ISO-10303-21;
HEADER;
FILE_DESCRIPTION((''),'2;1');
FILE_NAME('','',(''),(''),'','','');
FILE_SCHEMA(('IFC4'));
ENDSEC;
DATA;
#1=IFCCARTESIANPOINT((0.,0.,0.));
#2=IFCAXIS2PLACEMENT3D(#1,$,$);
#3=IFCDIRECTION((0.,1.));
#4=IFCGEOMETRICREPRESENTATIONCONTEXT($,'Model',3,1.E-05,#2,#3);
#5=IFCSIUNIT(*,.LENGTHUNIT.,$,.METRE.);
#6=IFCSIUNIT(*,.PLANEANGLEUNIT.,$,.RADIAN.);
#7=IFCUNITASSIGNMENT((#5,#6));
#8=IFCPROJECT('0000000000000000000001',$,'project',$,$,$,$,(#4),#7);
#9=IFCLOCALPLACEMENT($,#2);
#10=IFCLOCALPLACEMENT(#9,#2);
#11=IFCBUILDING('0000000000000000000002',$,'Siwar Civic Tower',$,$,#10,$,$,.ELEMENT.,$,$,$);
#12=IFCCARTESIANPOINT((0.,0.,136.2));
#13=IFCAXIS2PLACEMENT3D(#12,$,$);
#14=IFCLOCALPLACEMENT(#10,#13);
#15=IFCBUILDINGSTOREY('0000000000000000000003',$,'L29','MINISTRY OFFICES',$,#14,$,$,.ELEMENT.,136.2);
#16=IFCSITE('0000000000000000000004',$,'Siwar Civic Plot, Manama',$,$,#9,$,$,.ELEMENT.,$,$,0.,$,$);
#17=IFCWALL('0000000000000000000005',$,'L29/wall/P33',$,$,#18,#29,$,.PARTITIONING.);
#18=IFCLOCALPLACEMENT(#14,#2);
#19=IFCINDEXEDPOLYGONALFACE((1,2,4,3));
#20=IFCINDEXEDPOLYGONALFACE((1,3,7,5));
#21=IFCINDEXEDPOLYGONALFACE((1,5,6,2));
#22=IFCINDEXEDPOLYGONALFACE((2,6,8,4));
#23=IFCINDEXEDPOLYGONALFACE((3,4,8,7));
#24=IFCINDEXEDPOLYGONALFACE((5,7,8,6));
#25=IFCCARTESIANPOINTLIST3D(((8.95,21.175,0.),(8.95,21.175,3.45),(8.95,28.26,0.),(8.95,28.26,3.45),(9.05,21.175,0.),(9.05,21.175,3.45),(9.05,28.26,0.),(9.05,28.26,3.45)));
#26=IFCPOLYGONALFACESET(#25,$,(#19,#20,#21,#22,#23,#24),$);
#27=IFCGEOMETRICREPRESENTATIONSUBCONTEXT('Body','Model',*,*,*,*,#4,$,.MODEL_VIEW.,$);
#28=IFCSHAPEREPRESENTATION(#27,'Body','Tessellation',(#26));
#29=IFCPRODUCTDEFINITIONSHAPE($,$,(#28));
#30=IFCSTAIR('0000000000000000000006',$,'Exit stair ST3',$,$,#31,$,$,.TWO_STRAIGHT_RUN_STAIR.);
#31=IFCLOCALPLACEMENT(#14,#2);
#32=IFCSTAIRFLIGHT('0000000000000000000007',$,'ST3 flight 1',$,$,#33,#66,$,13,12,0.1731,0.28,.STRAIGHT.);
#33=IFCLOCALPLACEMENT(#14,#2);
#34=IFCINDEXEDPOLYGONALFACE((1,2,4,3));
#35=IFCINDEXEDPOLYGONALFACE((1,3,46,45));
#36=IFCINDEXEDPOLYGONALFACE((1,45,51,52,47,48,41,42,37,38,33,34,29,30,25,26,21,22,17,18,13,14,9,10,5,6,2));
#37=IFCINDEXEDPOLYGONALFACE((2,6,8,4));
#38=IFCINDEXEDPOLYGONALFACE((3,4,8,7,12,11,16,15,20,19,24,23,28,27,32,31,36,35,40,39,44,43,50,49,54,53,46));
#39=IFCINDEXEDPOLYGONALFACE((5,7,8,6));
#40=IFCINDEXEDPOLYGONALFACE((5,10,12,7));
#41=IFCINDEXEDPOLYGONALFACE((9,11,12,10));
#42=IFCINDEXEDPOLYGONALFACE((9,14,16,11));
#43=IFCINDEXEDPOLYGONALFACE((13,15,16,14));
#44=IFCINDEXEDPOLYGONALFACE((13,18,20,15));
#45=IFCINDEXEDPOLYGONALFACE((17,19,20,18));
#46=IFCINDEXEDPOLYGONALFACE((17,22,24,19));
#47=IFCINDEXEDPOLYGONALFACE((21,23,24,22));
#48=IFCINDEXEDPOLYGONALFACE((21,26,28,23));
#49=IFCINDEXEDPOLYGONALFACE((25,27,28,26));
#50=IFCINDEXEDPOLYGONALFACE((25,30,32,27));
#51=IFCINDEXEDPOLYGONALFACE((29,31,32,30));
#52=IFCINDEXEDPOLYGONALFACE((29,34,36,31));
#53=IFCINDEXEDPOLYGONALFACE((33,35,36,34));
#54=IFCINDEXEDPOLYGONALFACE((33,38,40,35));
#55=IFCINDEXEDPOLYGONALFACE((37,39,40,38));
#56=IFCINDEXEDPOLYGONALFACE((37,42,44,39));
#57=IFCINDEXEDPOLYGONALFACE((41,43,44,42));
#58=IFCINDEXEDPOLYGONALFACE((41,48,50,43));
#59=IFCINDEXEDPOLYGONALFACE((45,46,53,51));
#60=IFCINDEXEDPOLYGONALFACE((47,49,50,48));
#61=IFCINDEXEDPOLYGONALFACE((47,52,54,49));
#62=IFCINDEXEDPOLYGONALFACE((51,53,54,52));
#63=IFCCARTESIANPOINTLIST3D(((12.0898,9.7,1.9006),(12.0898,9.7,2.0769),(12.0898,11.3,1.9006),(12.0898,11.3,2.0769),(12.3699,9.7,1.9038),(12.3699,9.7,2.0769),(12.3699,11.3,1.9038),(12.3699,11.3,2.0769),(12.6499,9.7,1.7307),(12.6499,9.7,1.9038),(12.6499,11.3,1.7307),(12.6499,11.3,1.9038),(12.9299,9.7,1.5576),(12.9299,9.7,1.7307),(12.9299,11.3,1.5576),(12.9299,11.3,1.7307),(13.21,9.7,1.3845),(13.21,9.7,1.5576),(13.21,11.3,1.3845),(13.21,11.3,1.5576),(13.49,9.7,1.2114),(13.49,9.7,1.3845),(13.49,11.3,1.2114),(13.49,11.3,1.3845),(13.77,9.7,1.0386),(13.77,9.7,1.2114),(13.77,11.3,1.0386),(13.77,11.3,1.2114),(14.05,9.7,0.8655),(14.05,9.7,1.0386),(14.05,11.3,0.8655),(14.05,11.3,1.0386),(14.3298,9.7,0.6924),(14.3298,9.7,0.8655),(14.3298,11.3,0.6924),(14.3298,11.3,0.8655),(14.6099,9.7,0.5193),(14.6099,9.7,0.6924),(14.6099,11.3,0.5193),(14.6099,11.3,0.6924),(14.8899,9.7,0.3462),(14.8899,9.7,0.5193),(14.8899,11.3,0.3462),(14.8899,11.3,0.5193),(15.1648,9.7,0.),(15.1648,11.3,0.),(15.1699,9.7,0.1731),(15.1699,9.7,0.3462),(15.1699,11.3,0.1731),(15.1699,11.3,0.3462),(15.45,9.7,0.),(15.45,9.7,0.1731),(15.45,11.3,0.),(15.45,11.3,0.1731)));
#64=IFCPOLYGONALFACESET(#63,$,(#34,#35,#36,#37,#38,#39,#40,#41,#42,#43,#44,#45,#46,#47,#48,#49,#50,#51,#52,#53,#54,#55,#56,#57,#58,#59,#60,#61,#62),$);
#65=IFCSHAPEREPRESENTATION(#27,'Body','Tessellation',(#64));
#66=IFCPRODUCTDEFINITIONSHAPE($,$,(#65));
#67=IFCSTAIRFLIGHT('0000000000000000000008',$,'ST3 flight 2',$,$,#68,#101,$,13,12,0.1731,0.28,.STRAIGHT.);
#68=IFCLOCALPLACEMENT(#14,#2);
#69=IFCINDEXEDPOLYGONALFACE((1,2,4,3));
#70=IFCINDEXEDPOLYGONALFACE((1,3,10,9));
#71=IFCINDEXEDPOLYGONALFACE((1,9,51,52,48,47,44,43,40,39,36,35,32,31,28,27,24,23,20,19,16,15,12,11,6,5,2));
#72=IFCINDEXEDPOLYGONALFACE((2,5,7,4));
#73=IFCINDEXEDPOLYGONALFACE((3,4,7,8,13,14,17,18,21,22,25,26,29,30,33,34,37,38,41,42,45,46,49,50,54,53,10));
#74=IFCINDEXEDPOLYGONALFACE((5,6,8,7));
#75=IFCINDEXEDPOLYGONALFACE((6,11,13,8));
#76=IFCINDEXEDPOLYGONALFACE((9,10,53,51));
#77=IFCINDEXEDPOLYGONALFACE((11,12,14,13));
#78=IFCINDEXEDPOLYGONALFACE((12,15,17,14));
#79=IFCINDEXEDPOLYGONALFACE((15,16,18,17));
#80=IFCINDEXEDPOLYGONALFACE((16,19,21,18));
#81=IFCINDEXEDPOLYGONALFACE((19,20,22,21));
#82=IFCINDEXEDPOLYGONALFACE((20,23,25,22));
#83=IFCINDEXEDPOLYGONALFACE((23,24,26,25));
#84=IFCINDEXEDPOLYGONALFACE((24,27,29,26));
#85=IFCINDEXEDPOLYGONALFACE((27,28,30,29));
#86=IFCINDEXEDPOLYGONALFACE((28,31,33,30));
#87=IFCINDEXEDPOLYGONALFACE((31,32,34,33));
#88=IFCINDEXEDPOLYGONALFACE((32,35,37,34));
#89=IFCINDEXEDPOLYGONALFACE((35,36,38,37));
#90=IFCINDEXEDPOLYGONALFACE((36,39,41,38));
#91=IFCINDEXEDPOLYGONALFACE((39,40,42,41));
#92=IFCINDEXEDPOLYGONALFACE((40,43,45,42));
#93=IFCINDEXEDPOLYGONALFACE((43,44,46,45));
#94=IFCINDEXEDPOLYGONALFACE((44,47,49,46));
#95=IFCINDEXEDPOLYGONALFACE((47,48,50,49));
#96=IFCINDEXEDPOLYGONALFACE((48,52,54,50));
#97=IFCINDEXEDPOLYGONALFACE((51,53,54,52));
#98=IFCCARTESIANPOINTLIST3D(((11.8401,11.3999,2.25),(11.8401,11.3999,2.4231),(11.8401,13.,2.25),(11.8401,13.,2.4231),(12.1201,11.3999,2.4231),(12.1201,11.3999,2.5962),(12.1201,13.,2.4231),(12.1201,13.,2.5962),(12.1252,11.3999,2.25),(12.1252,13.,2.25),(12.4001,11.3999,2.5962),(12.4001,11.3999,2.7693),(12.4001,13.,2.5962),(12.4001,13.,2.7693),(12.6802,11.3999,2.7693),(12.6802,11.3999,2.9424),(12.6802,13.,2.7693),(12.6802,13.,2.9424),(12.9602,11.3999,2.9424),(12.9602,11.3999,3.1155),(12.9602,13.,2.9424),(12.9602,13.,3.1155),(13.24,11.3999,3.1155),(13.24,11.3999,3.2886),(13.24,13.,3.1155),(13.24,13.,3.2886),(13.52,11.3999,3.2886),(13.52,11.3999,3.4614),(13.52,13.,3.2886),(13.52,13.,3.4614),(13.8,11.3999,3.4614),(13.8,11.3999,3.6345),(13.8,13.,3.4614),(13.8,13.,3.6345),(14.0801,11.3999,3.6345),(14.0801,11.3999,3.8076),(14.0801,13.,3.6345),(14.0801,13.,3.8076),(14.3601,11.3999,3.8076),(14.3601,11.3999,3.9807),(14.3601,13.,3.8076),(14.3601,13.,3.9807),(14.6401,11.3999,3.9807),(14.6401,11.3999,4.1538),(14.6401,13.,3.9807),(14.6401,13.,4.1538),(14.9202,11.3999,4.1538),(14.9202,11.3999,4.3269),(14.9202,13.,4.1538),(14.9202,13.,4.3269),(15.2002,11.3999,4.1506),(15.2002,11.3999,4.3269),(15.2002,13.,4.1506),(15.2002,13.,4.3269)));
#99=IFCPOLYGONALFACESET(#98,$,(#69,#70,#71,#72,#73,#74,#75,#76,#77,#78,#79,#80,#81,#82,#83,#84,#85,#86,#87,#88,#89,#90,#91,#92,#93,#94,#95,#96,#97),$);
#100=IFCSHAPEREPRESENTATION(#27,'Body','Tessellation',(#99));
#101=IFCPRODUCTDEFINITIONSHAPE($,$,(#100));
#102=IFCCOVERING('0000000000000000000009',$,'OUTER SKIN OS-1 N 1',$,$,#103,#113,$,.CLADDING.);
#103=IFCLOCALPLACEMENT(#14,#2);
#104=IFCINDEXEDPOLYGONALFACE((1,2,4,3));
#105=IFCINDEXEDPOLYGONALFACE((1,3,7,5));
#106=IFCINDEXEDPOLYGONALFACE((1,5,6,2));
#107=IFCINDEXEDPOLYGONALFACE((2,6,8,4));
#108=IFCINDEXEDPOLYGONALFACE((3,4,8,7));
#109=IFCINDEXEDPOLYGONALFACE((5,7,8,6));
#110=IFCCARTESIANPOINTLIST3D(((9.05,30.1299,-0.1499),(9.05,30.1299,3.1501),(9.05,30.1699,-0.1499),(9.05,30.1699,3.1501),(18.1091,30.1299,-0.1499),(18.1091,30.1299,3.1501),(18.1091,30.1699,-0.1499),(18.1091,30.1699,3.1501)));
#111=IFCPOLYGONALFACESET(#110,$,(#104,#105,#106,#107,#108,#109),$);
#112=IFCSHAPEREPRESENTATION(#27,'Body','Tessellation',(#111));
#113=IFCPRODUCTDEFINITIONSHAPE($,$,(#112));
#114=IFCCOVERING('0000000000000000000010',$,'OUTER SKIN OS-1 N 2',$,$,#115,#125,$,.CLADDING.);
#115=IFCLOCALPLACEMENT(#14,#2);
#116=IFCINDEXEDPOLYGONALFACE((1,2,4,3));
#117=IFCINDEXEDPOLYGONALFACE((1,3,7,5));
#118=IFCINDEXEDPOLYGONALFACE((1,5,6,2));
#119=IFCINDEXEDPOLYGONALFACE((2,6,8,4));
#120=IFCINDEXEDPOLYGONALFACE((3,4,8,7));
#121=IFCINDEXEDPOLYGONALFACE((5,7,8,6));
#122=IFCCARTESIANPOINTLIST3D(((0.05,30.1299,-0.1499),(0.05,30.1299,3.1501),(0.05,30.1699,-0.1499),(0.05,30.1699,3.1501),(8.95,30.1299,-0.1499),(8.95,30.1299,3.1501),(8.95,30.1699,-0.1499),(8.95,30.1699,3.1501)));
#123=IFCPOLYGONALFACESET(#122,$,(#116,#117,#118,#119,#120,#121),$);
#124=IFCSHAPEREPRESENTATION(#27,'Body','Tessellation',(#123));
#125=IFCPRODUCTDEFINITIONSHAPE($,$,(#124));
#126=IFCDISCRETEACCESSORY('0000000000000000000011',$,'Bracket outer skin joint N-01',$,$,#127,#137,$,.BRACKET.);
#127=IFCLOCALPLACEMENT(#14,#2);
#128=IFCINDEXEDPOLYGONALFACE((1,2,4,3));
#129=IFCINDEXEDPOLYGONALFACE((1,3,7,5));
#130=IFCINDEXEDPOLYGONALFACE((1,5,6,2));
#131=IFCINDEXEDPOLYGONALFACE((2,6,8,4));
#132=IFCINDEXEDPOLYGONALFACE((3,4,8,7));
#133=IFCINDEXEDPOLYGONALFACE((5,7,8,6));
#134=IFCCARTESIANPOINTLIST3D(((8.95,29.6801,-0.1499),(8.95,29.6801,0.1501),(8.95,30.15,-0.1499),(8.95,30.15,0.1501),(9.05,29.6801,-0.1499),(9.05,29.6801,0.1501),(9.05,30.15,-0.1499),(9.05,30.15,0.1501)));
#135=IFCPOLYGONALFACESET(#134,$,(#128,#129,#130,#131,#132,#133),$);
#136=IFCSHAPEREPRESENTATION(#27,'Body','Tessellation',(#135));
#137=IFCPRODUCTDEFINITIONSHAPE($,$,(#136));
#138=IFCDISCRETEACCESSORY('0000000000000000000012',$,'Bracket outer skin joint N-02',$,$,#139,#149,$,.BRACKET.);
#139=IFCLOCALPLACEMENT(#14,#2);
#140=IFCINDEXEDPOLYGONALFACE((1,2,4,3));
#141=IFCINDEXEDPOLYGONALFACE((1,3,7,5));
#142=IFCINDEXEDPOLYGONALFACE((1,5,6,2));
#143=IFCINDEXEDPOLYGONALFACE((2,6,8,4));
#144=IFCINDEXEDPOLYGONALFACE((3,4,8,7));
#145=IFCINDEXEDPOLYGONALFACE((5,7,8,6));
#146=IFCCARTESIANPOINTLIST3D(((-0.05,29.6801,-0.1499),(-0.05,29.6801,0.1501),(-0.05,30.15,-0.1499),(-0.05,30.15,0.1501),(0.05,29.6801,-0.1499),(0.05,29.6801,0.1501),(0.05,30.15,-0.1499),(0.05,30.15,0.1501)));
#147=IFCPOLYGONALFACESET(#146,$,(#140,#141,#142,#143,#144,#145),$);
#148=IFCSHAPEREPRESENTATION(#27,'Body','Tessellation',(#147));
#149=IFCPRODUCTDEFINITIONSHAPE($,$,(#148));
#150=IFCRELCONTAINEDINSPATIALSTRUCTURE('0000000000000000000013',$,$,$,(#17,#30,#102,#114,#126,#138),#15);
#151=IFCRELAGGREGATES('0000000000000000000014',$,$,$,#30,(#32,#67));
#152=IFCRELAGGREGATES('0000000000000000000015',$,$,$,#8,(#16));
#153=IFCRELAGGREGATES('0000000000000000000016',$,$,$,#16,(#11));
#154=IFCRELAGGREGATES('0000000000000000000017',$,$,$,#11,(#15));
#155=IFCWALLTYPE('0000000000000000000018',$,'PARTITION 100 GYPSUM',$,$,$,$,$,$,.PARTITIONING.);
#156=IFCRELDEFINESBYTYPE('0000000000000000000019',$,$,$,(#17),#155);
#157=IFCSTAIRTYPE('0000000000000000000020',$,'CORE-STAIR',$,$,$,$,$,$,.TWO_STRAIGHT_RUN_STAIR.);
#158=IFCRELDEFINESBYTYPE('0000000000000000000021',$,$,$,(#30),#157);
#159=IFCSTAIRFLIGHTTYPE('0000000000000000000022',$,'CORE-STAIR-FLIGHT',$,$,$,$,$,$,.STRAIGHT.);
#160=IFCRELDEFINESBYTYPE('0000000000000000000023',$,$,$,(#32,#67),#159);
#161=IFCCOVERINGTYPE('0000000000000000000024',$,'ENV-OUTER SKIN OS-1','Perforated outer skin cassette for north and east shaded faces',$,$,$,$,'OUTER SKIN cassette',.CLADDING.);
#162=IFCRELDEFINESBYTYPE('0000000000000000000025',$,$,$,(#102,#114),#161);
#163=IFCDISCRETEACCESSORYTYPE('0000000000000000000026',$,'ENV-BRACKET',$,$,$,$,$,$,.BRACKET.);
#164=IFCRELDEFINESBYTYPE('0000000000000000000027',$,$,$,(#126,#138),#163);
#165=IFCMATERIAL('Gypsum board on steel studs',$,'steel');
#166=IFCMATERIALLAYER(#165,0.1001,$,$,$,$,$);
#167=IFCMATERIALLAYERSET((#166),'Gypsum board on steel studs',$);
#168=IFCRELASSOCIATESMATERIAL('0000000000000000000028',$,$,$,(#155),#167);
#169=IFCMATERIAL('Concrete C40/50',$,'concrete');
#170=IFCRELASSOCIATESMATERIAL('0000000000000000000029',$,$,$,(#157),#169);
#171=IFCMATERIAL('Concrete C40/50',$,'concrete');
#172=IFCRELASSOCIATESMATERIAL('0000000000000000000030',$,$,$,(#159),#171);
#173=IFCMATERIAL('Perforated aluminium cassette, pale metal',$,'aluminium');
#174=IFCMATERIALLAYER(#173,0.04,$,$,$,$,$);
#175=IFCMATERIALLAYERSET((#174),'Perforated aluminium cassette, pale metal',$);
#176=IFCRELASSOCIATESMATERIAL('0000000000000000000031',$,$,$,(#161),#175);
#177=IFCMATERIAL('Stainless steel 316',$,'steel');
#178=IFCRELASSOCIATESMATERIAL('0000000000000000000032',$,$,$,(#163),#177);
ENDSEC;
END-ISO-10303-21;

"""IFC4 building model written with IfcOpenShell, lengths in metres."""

from ifc_helpers import new_model, si_unit, direction, frame, frame_2d, origin, origin_2d, place, context, subcontext, project, spatial, polyline, rectangle, outline, extrude, material, layer, layer_set, type_object, element, aggregate, save


model = new_model("IFC4")

# Units and contexts
model_context = context("Model", 3, precision=1e-05, world=origin(), true_north=direction((0.0, 1.0)))
body_context = subcontext(model_context, "Body", "Model", "MODEL_VIEW")
ifc_project = project(units=[si_unit("LENGTHUNIT", "METRE"), si_unit("PLANEANGLEUNIT", "RADIAN")], contexts=[model_context])

# Site, building, storey
site_placement = place(None, origin())
site = spatial("IfcSite", under=ifc_project, at=site_placement, Name="Siwar Civic Plot, Manama", CompositionType="ELEMENT", RefElevation=0.0)
building_placement = place(site_placement, origin())
building = spatial("IfcBuilding", under=site, at=building_placement, Name="Siwar Civic Tower", CompositionType="ELEMENT")
storey_placement = place(building_placement, frame((0.0, 0.0, 136.2)))
storey = spatial("IfcBuildingStorey", under=building, at=storey_placement, Name="L29", Description="MINISTRY OFFICES", CompositionType="ELEMENT", Elevation=136.2)

# Wall
ifc_material_1 = material(Name="Gypsum board on steel studs", Category="steel")
ifc_layer_1 = layer(ifc_material_1, 0.1001)
ifc_layer_set_1 = layer_set([ifc_layer_1], Name="Gypsum board on steel studs")
wall_type_1 = type_object("IfcWallType", Name="PARTITION 100 GYPSUM", PredefinedType="PARTITIONING", material=ifc_layer_set_1)
wall_1_placement = place(storey_placement, frame((9.0, 21.175, 0.0), z_axis=(0.0, 0.0, 1.0), x_axis=(0.0, 1.0, 0.0)))
element("IfcWall", 1, at=wall_1_placement, inside=storey, type_object=wall_type_1, Name="L29/wall/P33", PredefinedType="PARTITIONING", context=body_context, shape_type="SweptSolid", body=[
    extrude(rectangle(XDim=7.085, YDim=0.1001, at=frame_2d((3.5425, 0.0))), origin(), (0.0, 0.0, 1.0), 3.45),
])

# Stair, stair flights
ifc_material_2 = material(Name="Concrete C40/50", Category="concrete")
stair_type = type_object("IfcStairType", Name="CORE-STAIR", PredefinedType="TWO_STRAIGHT_RUN_STAIR", material=ifc_material_2)
stair_placement = place(storey_placement, origin())
stair = element("IfcStair", 2, at=stair_placement, inside=storey, type_object=stair_type, Name="Exit stair ST3", PredefinedType="TWO_STRAIGHT_RUN_STAIR")
ifc_material_3 = material(Name="Concrete C40/50", Category="concrete")
stair_flight_type = type_object("IfcStairFlightType", Name="CORE-STAIR-FLIGHT", PredefinedType="STRAIGHT", material=ifc_material_3)
stair_flight_1_placement = place(storey_placement, frame((15.45, 10.5, 0.0), z_axis=(0.0, 0.0, 1.0), x_axis=(-1.0, 0.0, 0.0)))
stair_flight_1 = element("IfcStairFlight", 3, at=stair_flight_1_placement, type_object=stair_flight_type, Name="ST3 flight 1", NumberOfRisers=13, NumberOfTreads=12, PredefinedType="STRAIGHT", RiserHeight=0.1731, TreadLength=0.28, context=body_context, shape_type="SweptSolid", body=[
    extrude(outline(polyline([(0.0, 0.0), (0.0, 0.1731), (0.28, 0.1731), (0.28, 0.3462), (0.5601, 0.3462), (0.5601, 0.5193), (0.8401, 0.5193), (0.8401, 0.6924), (1.1201, 0.6924), (1.1201, 0.8655), (1.3999, 0.8655), (1.3999, 1.0386), (1.6799, 1.0386), (1.6799, 1.2114), (1.96, 1.2114), (1.96, 1.3845), (2.24, 1.3845), (2.24, 1.5576), (2.52, 1.5576), (2.52, 1.7307), (2.8, 1.7307), (2.8, 1.9038), (3.0801, 1.9038), (3.0801, 2.0769), (3.3601, 2.0769), (3.3601, 2.25), (3.3601, 1.9006), (0.2852, 0.0), (0.0, 0.0)])), frame((0.0, 0.8, 0.0), z_axis=(0.0, -1.0, 0.0), x_axis=(1.0, 0.0, 0.0)), (0.0, 0.0, 1.0), 1.6001),
])
stair_flight_2_placement = place(storey_placement, frame((11.8401, 12.2, 2.25), z_axis=(0.0, 0.0, 1.0), x_axis=(1.0, 0.0, 0.0)))
stair_flight_2 = element("IfcStairFlight", 4, at=stair_flight_2_placement, type_object=stair_flight_type, Name="ST3 flight 2", NumberOfRisers=13, NumberOfTreads=12, PredefinedType="STRAIGHT", RiserHeight=0.1731, TreadLength=0.28, context=body_context, shape_type="SweptSolid", body=[
    extrude(outline(polyline([(0.0, 0.0), (0.0, 0.1731), (0.28, 0.1731), (0.28, 0.3462), (0.5601, 0.3462), (0.5601, 0.5193), (0.8401, 0.5193), (0.8401, 0.6924), (1.1201, 0.6924), (1.1201, 0.8655), (1.3999, 0.8655), (1.3999, 1.0386), (1.6799, 1.0386), (1.6799, 1.2114), (1.96, 1.2114), (1.96, 1.3845), (2.24, 1.3845), (2.24, 1.5576), (2.52, 1.5576), (2.52, 1.7307), (2.8, 1.7307), (2.8, 1.9038), (3.0801, 1.9038), (3.0801, 2.0769), (3.3601, 2.0769), (3.3601, 2.25), (3.3601, 1.9006), (0.2852, 0.0), (0.0, 0.0)])), frame((0.0, 0.8, 0.0), z_axis=(0.0, -1.0, 0.0), x_axis=(1.0, 0.0, 0.0)), (0.0, 0.0, 1.0), 1.6001),
])
aggregate(stair, [stair_flight_1, stair_flight_2])

# Coverings
ifc_material_4 = material(Name="Perforated aluminium cassette, pale metal", Category="aluminium")
ifc_layer_2 = layer(ifc_material_4, 0.04)
ifc_layer_set_2 = layer_set([ifc_layer_2], Name="Perforated aluminium cassette, pale metal")
covering_type = type_object("IfcCoveringType", Name="ENV-OUTER SKIN OS-1", Description="Perforated outer skin cassette for north and east shaded faces", ElementType="OUTER SKIN cassette", PredefinedType="CLADDING", material=ifc_layer_set_2)
covering_1_placement = place(storey_placement, frame((13.5796, 30.1499, -0.1499), z_axis=(0.0, 0.0, 1.0), x_axis=(-1.0, 0.0, 0.0)))
element("IfcCovering", 5, at=covering_1_placement, inside=storey, type_object=covering_type, Name="OUTER SKIN OS-1 N 1", PredefinedType="CLADDING", context=body_context, shape_type="SweptSolid", body=[
    extrude(rectangle(XDim=9.0591, YDim=0.04, at=origin_2d()), origin(), (0.0, 0.0, 1.0), 3.3),
])
covering_2_placement = place(storey_placement, frame((4.5, 30.1499, -0.1499), z_axis=(0.0, 0.0, 1.0), x_axis=(-1.0, 0.0, 0.0)))
element("IfcCovering", 6, at=covering_2_placement, inside=storey, type_object=covering_type, Name="OUTER SKIN OS-1 N 2", PredefinedType="CLADDING", context=body_context, shape_type="SweptSolid", body=[
    extrude(rectangle(XDim=8.8999, YDim=0.04, at=origin_2d()), origin(), (0.0, 0.0, 1.0), 3.3),
])

# Discrete accessories
ifc_material_5 = material(Name="Stainless steel 316", Category="steel")
discrete_accessory_type = type_object("IfcDiscreteAccessoryType", Name="ENV-BRACKET", PredefinedType="BRACKET", material=ifc_material_5)
for number, where, z_axis, x_axis, name in (
    (7, (9.0, 29.915, -0.1499), (0.0, 0.0, 1.0), (0.0, 1.0, 0.0), "Bracket outer skin joint N-01"),
    (8, (0.0, 29.915, -0.1499), (0.0, 0.0, 1.0), (0.0, 1.0, 0.0), "Bracket outer skin joint N-02"),
):
    element("IfcDiscreteAccessory", number, at=place(storey_placement, frame(where, z_axis=z_axis, x_axis=x_axis)), inside=storey, type_object=discrete_accessory_type, Name=name, PredefinedType="BRACKET", context=body_context, shape_type="SweptSolid", body=[
        extrude(rectangle(XDim=0.47, YDim=0.1001, at=origin_2d()), origin(), (0.0, 0.0, 1.0), 0.3),
    ])

save(model, "model.ifc")
